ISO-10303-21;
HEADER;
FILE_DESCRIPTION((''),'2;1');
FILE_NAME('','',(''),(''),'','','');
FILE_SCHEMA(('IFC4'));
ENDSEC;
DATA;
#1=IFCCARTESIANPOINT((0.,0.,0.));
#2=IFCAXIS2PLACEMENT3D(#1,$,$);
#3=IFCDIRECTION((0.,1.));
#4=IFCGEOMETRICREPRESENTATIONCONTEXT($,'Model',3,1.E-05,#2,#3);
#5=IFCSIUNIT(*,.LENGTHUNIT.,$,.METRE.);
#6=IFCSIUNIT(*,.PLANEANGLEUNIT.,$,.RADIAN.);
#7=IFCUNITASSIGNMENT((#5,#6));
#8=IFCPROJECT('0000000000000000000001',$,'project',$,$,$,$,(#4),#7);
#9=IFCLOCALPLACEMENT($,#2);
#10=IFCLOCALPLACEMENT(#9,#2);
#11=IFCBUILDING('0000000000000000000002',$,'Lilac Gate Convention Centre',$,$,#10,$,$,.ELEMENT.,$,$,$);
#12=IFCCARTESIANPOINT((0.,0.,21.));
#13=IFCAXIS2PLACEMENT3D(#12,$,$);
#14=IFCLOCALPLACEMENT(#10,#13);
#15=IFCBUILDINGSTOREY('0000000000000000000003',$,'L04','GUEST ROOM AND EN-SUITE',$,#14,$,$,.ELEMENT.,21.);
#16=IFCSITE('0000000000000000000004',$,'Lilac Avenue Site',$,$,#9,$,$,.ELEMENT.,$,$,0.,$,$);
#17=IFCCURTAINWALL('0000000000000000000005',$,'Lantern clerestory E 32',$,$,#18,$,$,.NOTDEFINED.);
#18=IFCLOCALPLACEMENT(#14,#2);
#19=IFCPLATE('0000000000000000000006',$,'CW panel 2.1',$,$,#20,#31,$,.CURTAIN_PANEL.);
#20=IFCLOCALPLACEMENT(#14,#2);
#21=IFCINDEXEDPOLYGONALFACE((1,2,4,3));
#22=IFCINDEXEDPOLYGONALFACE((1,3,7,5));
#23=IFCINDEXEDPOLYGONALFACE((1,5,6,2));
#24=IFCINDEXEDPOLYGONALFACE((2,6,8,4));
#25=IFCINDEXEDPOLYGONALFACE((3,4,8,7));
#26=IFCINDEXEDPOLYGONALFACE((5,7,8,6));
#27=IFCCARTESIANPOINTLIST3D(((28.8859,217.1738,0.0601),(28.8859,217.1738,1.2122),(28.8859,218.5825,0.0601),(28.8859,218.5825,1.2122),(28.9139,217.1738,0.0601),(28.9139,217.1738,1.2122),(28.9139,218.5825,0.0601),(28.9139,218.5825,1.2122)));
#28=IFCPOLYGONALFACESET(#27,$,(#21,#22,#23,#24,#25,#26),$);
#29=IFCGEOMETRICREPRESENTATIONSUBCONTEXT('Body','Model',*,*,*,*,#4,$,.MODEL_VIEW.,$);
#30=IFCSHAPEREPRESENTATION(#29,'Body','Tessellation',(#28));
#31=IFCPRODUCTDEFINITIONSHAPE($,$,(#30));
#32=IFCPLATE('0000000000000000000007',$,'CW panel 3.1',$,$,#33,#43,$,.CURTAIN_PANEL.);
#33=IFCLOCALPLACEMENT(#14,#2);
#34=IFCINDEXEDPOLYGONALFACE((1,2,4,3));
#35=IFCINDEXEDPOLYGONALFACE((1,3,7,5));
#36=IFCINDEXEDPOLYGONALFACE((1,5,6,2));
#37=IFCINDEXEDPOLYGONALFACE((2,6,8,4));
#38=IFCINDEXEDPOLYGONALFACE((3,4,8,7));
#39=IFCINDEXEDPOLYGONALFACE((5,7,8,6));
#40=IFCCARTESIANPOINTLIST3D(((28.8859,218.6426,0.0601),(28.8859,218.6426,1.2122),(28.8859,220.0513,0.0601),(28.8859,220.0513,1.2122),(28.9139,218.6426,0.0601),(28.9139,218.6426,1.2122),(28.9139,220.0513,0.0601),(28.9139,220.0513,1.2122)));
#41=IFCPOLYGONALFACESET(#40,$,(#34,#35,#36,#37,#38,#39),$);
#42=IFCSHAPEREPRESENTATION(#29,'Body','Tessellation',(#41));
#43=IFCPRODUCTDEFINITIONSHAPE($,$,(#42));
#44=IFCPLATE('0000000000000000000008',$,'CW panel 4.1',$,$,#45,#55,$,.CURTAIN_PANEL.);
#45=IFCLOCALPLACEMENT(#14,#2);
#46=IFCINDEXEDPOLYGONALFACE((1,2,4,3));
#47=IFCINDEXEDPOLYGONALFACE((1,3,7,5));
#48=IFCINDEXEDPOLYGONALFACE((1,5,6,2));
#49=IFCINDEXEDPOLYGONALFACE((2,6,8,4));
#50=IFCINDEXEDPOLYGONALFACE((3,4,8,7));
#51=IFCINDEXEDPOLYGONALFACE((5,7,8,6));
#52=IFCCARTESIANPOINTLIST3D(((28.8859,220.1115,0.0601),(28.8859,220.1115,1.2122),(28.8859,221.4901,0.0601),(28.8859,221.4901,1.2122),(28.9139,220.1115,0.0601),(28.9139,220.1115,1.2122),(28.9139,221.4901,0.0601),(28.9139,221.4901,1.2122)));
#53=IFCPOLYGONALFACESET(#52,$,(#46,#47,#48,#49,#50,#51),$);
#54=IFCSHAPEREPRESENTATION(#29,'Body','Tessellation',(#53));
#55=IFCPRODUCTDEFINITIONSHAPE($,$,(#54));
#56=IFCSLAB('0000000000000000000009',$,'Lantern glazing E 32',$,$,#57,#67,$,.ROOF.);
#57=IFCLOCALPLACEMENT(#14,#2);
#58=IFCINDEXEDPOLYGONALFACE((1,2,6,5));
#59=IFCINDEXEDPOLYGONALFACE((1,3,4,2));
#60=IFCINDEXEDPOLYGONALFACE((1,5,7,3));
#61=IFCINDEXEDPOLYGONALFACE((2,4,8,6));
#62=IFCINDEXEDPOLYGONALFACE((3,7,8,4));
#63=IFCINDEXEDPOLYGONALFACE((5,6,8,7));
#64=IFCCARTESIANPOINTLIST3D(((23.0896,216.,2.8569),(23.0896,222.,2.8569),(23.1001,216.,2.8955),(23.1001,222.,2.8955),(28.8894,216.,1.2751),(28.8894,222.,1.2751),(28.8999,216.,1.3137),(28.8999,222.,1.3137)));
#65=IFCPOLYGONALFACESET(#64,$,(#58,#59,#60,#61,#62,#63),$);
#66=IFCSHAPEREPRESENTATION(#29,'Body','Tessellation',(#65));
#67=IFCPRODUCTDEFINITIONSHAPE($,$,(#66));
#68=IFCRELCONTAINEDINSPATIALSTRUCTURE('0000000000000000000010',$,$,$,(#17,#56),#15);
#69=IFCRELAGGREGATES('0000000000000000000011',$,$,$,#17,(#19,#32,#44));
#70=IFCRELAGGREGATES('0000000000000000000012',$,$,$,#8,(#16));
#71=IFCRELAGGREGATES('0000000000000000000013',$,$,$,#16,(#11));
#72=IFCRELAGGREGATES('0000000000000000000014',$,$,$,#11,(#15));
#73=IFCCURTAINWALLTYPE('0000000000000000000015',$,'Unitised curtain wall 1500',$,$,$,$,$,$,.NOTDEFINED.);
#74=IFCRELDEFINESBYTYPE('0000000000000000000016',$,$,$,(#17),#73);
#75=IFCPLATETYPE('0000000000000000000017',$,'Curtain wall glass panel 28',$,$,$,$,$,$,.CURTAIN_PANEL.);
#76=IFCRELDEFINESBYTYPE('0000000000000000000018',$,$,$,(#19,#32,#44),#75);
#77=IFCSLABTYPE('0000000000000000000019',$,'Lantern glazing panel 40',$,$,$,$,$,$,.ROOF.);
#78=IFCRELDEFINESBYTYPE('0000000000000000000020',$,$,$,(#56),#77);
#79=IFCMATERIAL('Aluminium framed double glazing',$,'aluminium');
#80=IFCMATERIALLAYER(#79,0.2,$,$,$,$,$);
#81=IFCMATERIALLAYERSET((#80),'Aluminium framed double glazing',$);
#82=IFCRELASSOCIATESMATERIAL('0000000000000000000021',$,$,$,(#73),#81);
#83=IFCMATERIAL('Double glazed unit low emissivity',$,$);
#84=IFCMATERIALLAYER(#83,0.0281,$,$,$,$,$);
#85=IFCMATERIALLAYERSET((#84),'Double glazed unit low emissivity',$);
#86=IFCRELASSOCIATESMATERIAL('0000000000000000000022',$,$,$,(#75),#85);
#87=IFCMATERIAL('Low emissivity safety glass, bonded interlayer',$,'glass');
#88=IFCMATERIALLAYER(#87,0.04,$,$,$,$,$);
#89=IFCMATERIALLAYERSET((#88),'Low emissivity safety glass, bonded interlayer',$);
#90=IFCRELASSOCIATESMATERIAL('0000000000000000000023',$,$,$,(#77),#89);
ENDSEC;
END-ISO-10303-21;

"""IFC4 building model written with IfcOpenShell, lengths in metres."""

from ifc_helpers import new_model, si_unit, direction, frame, origin, origin_2d, place, context, subcontext, project, spatial, polyline, rectangle, outline, extrude, material, layer, layer_set, type_object, element, aggregate, save


model = new_model("IFC4")

# Units and contexts
model_context = context("Model", 3, precision=1e-05, world=origin(), true_north=direction((0.0, 1.0)))
body_context = subcontext(model_context, "Body", "Model", "MODEL_VIEW")
ifc_project = project(units=[si_unit("LENGTHUNIT", "METRE"), si_unit("PLANEANGLEUNIT", "RADIAN")], contexts=[model_context])

# Site, building, storey
site_placement = place(None, origin())
site = spatial("IfcSite", under=ifc_project, at=site_placement, Name="Lilac Avenue Site", CompositionType="ELEMENT", RefElevation=0.0)
building_placement = place(site_placement, origin())
building = spatial("IfcBuilding", under=site, at=building_placement, Name="Lilac Gate Convention Centre", CompositionType="ELEMENT")
storey_placement = place(building_placement, frame((0.0, 0.0, 21.0)))
storey = spatial("IfcBuildingStorey", under=building, at=storey_placement, Name="L04", Description="GUEST ROOM AND EN-SUITE", CompositionType="ELEMENT", Elevation=21.0)

# Curtain wall
ifc_material_1 = material(Name="Aluminium framed double glazing", Category="aluminium")
ifc_layer_1 = layer(ifc_material_1, 0.2)
ifc_layer_set_1 = layer_set([ifc_layer_1], Name="Aluminium framed double glazing")
curtain_wall_type = type_object("IfcCurtainWallType", Name="Unitised curtain wall 1500", PredefinedType="NOTDEFINED", material=ifc_layer_set_1)
curtain_wall_1_placement = place(storey_placement, origin())
curtain_wall_1 = element("IfcCurtainWall", 1, at=curtain_wall_1_placement, inside=storey, type_object=curtain_wall_type, Name="Lantern clerestory E 32", PredefinedType="NOTDEFINED")

# Plates
ifc_material_2 = material(Name="Double glazed unit low emissivity")
ifc_layer_2 = layer(ifc_material_2, 0.0281)
ifc_layer_set_2 = layer_set([ifc_layer_2], Name="Double glazed unit low emissivity")
plate_type = type_object("IfcPlateType", Name="Curtain wall glass panel 28", PredefinedType="CURTAIN_PANEL", material=ifc_layer_set_2)
plate_1_placement = place(storey_placement, frame((28.8999, 217.8782, 0.0601), z_axis=(0.0, 0.0, 1.0), x_axis=(0.0, 1.0, 0.0)))
plate_1 = element("IfcPlate", 2, at=plate_1_placement, type_object=plate_type, Name="CW panel 2.1", PredefinedType="CURTAIN_PANEL", context=body_context, shape_type="SweptSolid", body=[
    extrude(rectangle(XDim=1.4087, YDim=0.0281, at=origin_2d()), origin(), (0.0, 0.0, 1.0), 1.1521),
])
plate_2_placement = place(storey_placement, frame((28.8999, 219.3469, 0.0601), z_axis=(0.0, 0.0, 1.0), x_axis=(0.0, 1.0, 0.0)))
plate_2 = element("IfcPlate", 3, at=plate_2_placement, type_object=plate_type, Name="CW panel 3.1", PredefinedType="CURTAIN_PANEL", context=body_context, shape_type="SweptSolid", body=[
    extrude(rectangle(XDim=1.4087, YDim=0.0281, at=origin_2d()), origin(), (0.0, 0.0, 1.0), 1.1521),
])
plate_3_placement = place(storey_placement, frame((28.8999, 220.8008, 0.0601), z_axis=(0.0, 0.0, 1.0), x_axis=(0.0, 1.0, 0.0)))
plate_3 = element("IfcPlate", 4, at=plate_3_placement, type_object=plate_type, Name="CW panel 4.1", PredefinedType="CURTAIN_PANEL", context=body_context, shape_type="SweptSolid", body=[
    extrude(rectangle(XDim=1.3787, YDim=0.0281, at=origin_2d()), origin(), (0.0, 0.0, 1.0), 1.1521),
])
aggregate(curtain_wall_1, [plate_1, plate_2, plate_3])

# Slab
ifc_material_3 = material(Name="Low emissivity safety glass, bonded interlayer", Category="glass")
ifc_layer_3 = layer(ifc_material_3, 0.04)
ifc_layer_set_3 = layer_set([ifc_layer_3], Name="Low emissivity safety glass, bonded interlayer")
slab_type = type_object("IfcSlabType", Name="Lantern glazing panel 40", PredefinedType="ROOF", material=ifc_layer_set_3)
slab_placement = place(storey_placement, frame((23.1001, 216.0, 2.8955), z_axis=(0.263121, 0.0, 0.964763), x_axis=(0.964763, 0.0, -0.263121)))
element("IfcSlab", 5, at=slab_placement, inside=storey, type_object=slab_type, Name="Lantern glazing E 32", PredefinedType="ROOF", context=body_context, shape_type="SweptSolid", body=[
    extrude(outline(polyline([(0.0, 0.0), (6.0116, 0.0), (6.0116, 6.0), (0.0, 6.0), (0.0, 0.0)])), origin(), (0.0, 0.0, -1.0), 0.04),
])

save(model, "model.ifc")
